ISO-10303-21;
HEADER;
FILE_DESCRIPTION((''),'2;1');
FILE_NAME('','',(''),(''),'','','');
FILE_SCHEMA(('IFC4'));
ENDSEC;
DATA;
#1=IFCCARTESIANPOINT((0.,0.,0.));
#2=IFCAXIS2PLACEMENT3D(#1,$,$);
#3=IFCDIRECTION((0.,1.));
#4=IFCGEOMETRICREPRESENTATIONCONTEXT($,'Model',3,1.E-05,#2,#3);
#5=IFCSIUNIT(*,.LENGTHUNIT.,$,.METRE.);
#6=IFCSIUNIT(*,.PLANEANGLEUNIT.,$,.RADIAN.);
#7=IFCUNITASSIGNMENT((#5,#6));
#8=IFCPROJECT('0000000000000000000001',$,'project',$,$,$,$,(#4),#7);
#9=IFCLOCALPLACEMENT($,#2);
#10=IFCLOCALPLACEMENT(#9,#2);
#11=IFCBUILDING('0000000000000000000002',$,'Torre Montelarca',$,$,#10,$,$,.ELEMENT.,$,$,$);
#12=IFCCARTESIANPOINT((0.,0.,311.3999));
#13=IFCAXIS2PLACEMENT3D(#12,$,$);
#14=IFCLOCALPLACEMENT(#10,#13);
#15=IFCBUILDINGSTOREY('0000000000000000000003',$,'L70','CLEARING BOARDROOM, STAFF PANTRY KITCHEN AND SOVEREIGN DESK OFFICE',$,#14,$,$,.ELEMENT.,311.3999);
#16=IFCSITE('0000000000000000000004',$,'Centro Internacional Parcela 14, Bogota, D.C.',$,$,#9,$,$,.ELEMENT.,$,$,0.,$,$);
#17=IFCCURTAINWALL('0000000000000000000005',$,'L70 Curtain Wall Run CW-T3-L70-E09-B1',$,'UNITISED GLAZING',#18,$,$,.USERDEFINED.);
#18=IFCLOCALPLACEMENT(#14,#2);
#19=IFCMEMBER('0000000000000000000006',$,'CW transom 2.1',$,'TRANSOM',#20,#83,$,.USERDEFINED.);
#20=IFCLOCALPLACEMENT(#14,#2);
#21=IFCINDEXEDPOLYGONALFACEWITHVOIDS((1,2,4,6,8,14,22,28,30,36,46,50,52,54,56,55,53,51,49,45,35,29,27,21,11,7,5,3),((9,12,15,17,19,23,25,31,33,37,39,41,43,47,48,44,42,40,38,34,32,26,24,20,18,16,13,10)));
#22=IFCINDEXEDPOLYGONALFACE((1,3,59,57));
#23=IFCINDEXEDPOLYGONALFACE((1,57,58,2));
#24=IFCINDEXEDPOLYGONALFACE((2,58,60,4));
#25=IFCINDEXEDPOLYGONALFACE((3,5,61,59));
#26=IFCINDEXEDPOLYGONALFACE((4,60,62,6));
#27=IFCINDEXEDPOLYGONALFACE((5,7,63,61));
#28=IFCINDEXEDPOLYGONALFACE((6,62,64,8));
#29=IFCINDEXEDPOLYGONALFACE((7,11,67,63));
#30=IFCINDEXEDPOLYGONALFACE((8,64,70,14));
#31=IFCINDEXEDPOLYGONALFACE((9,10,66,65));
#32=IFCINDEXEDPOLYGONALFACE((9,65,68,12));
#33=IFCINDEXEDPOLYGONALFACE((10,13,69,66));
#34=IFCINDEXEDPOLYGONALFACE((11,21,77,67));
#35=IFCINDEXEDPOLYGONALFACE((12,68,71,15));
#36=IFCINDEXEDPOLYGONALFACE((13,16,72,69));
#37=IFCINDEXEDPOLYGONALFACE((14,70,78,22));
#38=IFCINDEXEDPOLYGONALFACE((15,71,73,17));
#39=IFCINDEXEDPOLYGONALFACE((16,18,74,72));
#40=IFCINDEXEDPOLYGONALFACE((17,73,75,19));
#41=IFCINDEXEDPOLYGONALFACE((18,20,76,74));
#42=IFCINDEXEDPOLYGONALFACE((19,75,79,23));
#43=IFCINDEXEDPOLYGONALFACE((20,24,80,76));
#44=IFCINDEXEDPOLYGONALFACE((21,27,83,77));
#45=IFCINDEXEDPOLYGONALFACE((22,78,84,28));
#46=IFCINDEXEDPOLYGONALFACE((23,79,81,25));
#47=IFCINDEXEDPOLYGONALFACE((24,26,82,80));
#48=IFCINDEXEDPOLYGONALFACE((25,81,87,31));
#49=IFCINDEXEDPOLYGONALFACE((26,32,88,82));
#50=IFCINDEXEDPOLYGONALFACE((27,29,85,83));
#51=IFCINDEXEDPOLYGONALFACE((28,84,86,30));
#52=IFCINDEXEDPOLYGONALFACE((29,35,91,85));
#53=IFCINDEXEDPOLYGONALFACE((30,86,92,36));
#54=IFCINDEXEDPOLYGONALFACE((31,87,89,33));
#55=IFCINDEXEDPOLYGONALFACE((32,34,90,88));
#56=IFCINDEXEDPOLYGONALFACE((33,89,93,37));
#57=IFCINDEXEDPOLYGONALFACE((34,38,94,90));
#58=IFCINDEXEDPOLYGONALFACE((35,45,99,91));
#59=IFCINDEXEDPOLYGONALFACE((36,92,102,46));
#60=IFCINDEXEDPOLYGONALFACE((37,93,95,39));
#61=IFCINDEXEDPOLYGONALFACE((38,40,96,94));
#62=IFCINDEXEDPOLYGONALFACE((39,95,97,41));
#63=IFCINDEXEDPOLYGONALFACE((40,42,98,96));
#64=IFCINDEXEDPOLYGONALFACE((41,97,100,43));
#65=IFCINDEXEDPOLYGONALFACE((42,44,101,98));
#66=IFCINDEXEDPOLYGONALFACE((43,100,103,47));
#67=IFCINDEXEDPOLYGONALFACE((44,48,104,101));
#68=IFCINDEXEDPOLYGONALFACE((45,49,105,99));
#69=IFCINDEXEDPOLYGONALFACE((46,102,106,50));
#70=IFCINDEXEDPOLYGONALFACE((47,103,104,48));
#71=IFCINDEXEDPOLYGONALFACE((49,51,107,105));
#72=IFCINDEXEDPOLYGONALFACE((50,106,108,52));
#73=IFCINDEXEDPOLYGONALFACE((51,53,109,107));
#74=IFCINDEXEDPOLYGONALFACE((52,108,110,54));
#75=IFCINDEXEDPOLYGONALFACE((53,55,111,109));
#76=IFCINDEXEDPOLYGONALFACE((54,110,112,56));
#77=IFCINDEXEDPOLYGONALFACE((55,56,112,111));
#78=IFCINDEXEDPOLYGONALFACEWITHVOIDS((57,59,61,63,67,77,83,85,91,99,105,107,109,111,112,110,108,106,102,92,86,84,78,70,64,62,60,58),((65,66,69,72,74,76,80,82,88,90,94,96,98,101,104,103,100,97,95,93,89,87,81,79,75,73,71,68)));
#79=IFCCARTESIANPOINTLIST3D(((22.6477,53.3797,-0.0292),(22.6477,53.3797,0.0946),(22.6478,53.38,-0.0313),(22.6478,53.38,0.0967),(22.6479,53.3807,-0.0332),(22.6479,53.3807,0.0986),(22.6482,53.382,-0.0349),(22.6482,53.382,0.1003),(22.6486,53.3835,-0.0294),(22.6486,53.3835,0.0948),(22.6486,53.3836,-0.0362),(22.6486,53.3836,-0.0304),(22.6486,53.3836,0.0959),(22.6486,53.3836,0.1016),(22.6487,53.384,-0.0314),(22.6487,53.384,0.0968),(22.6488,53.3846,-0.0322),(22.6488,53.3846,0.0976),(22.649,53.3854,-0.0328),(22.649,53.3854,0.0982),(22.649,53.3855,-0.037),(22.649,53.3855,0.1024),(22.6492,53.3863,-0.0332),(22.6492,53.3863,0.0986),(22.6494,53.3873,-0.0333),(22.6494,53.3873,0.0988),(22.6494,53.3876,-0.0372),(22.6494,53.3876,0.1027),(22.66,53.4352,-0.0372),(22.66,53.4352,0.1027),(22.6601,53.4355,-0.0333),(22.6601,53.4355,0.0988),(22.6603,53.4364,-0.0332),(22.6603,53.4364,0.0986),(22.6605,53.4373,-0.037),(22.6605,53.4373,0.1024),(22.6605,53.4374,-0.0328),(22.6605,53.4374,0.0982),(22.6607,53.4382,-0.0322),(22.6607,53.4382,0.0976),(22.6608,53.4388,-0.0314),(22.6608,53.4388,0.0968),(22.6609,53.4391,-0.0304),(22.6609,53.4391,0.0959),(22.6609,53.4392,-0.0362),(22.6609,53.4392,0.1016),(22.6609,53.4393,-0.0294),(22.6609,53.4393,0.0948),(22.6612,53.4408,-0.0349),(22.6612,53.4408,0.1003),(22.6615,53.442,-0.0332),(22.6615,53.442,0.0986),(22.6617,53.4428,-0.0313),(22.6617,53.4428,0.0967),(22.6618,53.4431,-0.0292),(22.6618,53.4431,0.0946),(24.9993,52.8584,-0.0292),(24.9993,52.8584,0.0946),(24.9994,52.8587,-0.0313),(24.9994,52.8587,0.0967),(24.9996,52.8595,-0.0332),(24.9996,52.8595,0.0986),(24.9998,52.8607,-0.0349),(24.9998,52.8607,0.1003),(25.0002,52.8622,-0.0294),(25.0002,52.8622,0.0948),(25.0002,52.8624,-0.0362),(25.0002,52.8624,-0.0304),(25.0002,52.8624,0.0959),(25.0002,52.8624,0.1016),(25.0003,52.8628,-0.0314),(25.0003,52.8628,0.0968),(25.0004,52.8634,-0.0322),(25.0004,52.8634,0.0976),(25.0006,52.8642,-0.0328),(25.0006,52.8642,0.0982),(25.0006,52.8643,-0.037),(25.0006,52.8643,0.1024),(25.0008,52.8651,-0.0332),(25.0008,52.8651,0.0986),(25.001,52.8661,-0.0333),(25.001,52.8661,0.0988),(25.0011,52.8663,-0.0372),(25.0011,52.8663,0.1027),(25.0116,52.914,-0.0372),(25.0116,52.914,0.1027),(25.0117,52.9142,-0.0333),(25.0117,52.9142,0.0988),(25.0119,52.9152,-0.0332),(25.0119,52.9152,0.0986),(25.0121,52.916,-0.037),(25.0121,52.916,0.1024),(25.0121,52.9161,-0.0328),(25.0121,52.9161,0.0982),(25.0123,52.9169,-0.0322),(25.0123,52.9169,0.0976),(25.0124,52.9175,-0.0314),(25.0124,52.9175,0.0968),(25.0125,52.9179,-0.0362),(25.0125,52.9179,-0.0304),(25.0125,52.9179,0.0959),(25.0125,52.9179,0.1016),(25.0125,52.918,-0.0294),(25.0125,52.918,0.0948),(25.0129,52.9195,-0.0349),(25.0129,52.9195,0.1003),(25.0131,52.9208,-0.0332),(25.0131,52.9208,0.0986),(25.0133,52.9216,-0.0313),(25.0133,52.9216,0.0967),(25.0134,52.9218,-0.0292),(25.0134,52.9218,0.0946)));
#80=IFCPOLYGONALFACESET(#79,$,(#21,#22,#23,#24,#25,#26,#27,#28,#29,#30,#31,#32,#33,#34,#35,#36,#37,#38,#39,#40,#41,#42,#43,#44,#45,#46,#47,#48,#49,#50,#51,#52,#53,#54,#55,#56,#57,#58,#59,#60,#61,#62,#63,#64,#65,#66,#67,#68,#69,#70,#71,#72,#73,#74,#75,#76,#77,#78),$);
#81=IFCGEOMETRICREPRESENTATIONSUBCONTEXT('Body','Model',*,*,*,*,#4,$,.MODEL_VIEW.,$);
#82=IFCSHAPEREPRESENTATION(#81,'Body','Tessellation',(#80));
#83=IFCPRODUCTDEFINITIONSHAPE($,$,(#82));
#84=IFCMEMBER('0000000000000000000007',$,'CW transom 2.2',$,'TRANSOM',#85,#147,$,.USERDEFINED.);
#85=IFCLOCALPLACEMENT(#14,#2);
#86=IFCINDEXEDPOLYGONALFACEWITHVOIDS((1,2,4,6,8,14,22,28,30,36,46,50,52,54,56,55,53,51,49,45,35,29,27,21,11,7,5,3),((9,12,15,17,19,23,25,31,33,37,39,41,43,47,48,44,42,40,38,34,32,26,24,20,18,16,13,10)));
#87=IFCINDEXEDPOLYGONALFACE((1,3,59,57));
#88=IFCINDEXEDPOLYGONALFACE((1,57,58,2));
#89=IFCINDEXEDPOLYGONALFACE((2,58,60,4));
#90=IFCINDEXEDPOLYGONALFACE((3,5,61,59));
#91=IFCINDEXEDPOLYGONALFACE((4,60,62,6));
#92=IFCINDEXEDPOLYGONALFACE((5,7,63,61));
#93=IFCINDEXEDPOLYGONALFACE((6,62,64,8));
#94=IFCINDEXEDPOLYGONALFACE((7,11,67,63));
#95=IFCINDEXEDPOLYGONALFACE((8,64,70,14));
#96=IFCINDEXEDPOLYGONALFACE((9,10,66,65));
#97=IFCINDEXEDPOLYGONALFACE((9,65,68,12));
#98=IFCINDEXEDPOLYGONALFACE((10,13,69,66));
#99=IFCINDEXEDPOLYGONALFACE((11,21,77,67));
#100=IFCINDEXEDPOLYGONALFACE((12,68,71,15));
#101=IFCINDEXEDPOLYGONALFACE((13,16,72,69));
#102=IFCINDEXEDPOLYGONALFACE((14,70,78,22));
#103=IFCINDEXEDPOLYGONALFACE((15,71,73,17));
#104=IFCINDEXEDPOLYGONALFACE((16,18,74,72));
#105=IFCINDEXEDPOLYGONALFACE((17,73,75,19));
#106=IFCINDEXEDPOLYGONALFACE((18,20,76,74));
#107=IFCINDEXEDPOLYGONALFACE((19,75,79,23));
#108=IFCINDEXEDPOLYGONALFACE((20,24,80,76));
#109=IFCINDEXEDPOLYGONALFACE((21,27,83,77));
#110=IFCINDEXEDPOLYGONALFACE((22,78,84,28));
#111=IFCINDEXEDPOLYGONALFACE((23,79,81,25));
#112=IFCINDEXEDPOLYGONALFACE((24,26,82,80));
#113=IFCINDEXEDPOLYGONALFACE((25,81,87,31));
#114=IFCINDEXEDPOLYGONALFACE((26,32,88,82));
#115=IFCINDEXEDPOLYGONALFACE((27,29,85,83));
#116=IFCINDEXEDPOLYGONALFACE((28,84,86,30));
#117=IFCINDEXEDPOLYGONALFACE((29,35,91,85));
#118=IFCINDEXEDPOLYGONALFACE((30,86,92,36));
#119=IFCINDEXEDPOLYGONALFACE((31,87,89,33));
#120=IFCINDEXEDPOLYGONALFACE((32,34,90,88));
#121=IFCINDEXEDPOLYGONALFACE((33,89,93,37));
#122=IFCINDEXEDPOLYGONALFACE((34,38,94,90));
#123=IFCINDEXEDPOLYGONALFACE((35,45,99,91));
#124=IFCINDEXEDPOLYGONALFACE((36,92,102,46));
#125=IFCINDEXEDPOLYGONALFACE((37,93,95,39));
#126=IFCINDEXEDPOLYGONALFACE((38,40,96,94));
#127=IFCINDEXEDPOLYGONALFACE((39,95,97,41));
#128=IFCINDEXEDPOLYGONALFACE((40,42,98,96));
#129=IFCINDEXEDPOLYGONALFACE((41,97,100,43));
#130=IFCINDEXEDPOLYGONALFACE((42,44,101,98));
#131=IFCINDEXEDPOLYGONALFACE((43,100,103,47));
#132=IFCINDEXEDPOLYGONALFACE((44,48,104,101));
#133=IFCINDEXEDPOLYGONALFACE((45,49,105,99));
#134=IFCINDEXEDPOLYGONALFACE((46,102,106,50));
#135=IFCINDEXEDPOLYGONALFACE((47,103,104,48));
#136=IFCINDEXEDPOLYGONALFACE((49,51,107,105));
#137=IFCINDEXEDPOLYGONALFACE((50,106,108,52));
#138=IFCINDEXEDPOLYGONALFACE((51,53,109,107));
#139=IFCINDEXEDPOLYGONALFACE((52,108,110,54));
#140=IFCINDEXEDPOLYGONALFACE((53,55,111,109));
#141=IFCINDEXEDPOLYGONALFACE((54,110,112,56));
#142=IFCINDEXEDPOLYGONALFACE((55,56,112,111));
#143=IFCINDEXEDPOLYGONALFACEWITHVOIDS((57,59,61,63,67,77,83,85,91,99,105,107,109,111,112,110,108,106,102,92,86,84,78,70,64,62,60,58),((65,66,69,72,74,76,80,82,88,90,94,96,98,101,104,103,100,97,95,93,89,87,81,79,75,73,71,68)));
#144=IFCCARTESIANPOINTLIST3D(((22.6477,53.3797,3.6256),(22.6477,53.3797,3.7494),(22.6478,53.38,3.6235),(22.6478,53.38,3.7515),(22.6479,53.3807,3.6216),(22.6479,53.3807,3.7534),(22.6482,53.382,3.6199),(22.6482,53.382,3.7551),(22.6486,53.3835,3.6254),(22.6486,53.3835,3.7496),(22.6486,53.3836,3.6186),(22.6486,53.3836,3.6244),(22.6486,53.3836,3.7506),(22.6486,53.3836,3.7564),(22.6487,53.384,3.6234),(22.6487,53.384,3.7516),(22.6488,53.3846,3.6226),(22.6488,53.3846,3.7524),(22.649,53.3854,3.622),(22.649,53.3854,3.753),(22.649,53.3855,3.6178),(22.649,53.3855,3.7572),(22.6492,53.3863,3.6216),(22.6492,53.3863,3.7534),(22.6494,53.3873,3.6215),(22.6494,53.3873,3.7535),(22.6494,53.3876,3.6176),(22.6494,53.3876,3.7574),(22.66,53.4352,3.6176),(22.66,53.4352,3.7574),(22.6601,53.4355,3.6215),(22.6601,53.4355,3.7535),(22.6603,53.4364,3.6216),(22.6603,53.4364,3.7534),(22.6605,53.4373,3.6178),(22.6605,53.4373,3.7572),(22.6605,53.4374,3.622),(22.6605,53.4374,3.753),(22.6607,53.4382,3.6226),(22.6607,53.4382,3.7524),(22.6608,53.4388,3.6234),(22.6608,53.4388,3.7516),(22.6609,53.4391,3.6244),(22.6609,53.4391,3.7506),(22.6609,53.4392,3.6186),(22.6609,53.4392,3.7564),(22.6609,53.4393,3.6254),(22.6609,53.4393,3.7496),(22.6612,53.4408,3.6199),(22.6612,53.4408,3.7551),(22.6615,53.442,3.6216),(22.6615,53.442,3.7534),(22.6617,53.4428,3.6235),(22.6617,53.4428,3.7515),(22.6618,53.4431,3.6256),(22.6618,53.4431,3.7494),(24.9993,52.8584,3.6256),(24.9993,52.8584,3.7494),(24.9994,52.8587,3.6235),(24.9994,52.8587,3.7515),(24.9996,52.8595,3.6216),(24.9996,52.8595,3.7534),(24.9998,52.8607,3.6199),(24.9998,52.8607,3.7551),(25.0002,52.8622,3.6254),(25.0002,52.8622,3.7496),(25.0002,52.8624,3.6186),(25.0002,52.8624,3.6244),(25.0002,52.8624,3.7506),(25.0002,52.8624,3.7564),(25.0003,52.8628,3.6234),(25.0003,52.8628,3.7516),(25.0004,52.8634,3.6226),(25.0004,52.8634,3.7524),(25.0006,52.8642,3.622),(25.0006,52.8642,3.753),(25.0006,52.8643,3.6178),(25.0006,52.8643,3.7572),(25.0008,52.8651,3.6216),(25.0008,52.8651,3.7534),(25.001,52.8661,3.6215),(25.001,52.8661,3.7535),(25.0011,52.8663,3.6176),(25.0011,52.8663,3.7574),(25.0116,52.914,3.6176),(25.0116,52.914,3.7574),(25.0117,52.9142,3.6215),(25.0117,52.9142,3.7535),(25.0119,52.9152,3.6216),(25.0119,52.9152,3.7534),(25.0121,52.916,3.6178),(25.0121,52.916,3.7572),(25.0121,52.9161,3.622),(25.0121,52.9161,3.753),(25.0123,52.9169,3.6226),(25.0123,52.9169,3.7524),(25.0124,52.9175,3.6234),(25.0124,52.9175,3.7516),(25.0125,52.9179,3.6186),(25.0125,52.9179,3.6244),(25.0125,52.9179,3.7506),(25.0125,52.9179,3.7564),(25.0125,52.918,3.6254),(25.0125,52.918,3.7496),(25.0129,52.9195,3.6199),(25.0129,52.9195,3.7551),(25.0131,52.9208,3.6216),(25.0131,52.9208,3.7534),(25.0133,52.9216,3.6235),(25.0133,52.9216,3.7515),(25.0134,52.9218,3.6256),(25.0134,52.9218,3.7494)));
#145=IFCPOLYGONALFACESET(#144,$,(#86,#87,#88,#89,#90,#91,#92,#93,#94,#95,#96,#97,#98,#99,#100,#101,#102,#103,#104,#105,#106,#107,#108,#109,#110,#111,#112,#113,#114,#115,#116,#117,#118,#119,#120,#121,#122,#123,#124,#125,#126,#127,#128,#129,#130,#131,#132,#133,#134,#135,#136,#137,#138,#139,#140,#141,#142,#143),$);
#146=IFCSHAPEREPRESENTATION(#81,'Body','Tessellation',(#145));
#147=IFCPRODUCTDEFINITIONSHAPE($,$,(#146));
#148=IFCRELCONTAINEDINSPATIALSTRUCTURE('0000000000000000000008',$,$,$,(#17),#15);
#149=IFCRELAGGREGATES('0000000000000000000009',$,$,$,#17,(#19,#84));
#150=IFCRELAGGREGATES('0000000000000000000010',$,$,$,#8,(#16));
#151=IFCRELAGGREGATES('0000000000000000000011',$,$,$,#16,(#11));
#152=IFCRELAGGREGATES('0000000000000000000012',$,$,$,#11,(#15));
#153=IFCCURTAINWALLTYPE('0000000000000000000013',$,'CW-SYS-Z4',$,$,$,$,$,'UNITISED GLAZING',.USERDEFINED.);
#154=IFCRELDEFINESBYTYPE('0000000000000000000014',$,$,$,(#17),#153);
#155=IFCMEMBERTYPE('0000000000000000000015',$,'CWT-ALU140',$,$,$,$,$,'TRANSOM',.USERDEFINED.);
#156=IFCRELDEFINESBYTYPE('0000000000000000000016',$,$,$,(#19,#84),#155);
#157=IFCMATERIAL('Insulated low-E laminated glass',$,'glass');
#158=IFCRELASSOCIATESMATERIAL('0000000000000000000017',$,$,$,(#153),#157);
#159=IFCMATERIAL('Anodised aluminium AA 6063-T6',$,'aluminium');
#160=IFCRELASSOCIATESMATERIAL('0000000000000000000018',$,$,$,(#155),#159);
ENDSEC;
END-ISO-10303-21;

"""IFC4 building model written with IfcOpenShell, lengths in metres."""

from ifc_helpers import new_model, si_unit, direction, frame, origin, origin_2d, place, context, subcontext, project, spatial, hollow_rectangle, extrude, source, transform, mapped, material, material_profile, profile_set, type_object, element, aggregate, save


model = new_model("IFC4")

# Units and contexts
model_context = context("Model", 3, precision=1e-05, world=origin(), true_north=direction((0.0, 1.0)))
body_context = subcontext(model_context, "Body", "Model", "MODEL_VIEW")
ifc_project = project(units=[si_unit("LENGTHUNIT", "METRE"), si_unit("PLANEANGLEUNIT", "RADIAN")], contexts=[model_context])

# Site, building, storey
site_placement = place(None, origin())
site = spatial("IfcSite", under=ifc_project, at=site_placement, Name="Centro Internacional Parcela 14, Bogota, D.C.", CompositionType="ELEMENT", RefElevation=0.0)
building_placement = place(site_placement, origin())
building = spatial("IfcBuilding", under=site, at=building_placement, Name="Torre Montelarca", CompositionType="ELEMENT")
storey_placement = place(building_placement, frame((0.0, 0.0, 311.3999)))
storey = spatial("IfcBuildingStorey", under=building, at=storey_placement, Name="L70", Description="CLEARING BOARDROOM, STAFF PANTRY KITCHEN AND SOVEREIGN DESK OFFICE", CompositionType="ELEMENT", Elevation=311.3999)

# Curtain wall, members
ifc_material_1 = material(Name="Insulated low-E laminated glass", Category="glass")
curtain_wall_type = type_object("IfcCurtainWallType", Name="CW-SYS-Z4", ElementType="UNITISED GLAZING", PredefinedType="USERDEFINED", material=ifc_material_1)
ifc_material_2 = material(Name="Anodised aluminium AA 6063-T6", Category="aluminium")
curtain_wall_1_placement = place(storey_placement, origin())
curtain_wall_1 = element("IfcCurtainWall", 1, at=curtain_wall_1_placement, inside=storey, type_object=curtain_wall_type, Name="L70 Curtain Wall Run CW-T3-L70-E09-B1", ObjectType="UNITISED GLAZING", PredefinedType="USERDEFINED")
ifc_material_profile_1 = material_profile(ifc_material_2, hollow_rectangle(XDim=0.0649, YDim=0.1399, WallThickness=0.0039, InnerFilletRadius=0.0039, OuterFilletRadius=0.0081, at=origin_2d()), Name="ALU65X140X4", Category="aluminium")
ifc_profile_set_1 = profile_set([ifc_material_profile_1], Name="Anodised aluminium AA 6063-T6")
member_type_1 = type_object("IfcMemberType", Name="CWT-ALU140", ElementType="TRANSOM", PredefinedType="USERDEFINED", material=ifc_profile_set_1)
shared_shape_1 = source(origin(), body_context, "Body", "SweptSolid", [
    extrude(hollow_rectangle(XDim=0.0649, YDim=0.1399, WallThickness=0.0039, InnerFilletRadius=0.0039, OuterFilletRadius=0.0081, at=origin_2d()), origin(), (0.0, 0.0, 1.0), 2.4087),
])
member_1_placement = place(storey_placement, frame((25.0063, 52.8901, 0.0327), z_axis=(-0.976304, 0.216405, 0.0), x_axis=(-0.216405, -0.976304, 0.0)))
member_1 = element("IfcMember", 2, at=member_1_placement, type_object=member_type_1, Name="CW transom 2.1", ObjectType="TRANSOM", PredefinedType="USERDEFINED", context=body_context, shape_type="MappedRepresentation", body=[
    mapped(shared_shape_1, transform((0.0, 0.0, 0.0), scale=1.0)),
])
member_2_placement = place(storey_placement, frame((25.0063, 52.8901, 3.6875), z_axis=(-0.976304, 0.216405, 0.0), x_axis=(-0.216405, -0.976304, 0.0)))
member_2 = element("IfcMember", 3, at=member_2_placement, type_object=member_type_1, Name="CW transom 2.2", ObjectType="TRANSOM", PredefinedType="USERDEFINED", context=body_context, shape_type="MappedRepresentation", body=[
    mapped(shared_shape_1, transform((0.0, 0.0, 0.0), scale=1.0)),
])

aggregate(curtain_wall_1, [member_1, member_2])

save(model, "model.ifc")
